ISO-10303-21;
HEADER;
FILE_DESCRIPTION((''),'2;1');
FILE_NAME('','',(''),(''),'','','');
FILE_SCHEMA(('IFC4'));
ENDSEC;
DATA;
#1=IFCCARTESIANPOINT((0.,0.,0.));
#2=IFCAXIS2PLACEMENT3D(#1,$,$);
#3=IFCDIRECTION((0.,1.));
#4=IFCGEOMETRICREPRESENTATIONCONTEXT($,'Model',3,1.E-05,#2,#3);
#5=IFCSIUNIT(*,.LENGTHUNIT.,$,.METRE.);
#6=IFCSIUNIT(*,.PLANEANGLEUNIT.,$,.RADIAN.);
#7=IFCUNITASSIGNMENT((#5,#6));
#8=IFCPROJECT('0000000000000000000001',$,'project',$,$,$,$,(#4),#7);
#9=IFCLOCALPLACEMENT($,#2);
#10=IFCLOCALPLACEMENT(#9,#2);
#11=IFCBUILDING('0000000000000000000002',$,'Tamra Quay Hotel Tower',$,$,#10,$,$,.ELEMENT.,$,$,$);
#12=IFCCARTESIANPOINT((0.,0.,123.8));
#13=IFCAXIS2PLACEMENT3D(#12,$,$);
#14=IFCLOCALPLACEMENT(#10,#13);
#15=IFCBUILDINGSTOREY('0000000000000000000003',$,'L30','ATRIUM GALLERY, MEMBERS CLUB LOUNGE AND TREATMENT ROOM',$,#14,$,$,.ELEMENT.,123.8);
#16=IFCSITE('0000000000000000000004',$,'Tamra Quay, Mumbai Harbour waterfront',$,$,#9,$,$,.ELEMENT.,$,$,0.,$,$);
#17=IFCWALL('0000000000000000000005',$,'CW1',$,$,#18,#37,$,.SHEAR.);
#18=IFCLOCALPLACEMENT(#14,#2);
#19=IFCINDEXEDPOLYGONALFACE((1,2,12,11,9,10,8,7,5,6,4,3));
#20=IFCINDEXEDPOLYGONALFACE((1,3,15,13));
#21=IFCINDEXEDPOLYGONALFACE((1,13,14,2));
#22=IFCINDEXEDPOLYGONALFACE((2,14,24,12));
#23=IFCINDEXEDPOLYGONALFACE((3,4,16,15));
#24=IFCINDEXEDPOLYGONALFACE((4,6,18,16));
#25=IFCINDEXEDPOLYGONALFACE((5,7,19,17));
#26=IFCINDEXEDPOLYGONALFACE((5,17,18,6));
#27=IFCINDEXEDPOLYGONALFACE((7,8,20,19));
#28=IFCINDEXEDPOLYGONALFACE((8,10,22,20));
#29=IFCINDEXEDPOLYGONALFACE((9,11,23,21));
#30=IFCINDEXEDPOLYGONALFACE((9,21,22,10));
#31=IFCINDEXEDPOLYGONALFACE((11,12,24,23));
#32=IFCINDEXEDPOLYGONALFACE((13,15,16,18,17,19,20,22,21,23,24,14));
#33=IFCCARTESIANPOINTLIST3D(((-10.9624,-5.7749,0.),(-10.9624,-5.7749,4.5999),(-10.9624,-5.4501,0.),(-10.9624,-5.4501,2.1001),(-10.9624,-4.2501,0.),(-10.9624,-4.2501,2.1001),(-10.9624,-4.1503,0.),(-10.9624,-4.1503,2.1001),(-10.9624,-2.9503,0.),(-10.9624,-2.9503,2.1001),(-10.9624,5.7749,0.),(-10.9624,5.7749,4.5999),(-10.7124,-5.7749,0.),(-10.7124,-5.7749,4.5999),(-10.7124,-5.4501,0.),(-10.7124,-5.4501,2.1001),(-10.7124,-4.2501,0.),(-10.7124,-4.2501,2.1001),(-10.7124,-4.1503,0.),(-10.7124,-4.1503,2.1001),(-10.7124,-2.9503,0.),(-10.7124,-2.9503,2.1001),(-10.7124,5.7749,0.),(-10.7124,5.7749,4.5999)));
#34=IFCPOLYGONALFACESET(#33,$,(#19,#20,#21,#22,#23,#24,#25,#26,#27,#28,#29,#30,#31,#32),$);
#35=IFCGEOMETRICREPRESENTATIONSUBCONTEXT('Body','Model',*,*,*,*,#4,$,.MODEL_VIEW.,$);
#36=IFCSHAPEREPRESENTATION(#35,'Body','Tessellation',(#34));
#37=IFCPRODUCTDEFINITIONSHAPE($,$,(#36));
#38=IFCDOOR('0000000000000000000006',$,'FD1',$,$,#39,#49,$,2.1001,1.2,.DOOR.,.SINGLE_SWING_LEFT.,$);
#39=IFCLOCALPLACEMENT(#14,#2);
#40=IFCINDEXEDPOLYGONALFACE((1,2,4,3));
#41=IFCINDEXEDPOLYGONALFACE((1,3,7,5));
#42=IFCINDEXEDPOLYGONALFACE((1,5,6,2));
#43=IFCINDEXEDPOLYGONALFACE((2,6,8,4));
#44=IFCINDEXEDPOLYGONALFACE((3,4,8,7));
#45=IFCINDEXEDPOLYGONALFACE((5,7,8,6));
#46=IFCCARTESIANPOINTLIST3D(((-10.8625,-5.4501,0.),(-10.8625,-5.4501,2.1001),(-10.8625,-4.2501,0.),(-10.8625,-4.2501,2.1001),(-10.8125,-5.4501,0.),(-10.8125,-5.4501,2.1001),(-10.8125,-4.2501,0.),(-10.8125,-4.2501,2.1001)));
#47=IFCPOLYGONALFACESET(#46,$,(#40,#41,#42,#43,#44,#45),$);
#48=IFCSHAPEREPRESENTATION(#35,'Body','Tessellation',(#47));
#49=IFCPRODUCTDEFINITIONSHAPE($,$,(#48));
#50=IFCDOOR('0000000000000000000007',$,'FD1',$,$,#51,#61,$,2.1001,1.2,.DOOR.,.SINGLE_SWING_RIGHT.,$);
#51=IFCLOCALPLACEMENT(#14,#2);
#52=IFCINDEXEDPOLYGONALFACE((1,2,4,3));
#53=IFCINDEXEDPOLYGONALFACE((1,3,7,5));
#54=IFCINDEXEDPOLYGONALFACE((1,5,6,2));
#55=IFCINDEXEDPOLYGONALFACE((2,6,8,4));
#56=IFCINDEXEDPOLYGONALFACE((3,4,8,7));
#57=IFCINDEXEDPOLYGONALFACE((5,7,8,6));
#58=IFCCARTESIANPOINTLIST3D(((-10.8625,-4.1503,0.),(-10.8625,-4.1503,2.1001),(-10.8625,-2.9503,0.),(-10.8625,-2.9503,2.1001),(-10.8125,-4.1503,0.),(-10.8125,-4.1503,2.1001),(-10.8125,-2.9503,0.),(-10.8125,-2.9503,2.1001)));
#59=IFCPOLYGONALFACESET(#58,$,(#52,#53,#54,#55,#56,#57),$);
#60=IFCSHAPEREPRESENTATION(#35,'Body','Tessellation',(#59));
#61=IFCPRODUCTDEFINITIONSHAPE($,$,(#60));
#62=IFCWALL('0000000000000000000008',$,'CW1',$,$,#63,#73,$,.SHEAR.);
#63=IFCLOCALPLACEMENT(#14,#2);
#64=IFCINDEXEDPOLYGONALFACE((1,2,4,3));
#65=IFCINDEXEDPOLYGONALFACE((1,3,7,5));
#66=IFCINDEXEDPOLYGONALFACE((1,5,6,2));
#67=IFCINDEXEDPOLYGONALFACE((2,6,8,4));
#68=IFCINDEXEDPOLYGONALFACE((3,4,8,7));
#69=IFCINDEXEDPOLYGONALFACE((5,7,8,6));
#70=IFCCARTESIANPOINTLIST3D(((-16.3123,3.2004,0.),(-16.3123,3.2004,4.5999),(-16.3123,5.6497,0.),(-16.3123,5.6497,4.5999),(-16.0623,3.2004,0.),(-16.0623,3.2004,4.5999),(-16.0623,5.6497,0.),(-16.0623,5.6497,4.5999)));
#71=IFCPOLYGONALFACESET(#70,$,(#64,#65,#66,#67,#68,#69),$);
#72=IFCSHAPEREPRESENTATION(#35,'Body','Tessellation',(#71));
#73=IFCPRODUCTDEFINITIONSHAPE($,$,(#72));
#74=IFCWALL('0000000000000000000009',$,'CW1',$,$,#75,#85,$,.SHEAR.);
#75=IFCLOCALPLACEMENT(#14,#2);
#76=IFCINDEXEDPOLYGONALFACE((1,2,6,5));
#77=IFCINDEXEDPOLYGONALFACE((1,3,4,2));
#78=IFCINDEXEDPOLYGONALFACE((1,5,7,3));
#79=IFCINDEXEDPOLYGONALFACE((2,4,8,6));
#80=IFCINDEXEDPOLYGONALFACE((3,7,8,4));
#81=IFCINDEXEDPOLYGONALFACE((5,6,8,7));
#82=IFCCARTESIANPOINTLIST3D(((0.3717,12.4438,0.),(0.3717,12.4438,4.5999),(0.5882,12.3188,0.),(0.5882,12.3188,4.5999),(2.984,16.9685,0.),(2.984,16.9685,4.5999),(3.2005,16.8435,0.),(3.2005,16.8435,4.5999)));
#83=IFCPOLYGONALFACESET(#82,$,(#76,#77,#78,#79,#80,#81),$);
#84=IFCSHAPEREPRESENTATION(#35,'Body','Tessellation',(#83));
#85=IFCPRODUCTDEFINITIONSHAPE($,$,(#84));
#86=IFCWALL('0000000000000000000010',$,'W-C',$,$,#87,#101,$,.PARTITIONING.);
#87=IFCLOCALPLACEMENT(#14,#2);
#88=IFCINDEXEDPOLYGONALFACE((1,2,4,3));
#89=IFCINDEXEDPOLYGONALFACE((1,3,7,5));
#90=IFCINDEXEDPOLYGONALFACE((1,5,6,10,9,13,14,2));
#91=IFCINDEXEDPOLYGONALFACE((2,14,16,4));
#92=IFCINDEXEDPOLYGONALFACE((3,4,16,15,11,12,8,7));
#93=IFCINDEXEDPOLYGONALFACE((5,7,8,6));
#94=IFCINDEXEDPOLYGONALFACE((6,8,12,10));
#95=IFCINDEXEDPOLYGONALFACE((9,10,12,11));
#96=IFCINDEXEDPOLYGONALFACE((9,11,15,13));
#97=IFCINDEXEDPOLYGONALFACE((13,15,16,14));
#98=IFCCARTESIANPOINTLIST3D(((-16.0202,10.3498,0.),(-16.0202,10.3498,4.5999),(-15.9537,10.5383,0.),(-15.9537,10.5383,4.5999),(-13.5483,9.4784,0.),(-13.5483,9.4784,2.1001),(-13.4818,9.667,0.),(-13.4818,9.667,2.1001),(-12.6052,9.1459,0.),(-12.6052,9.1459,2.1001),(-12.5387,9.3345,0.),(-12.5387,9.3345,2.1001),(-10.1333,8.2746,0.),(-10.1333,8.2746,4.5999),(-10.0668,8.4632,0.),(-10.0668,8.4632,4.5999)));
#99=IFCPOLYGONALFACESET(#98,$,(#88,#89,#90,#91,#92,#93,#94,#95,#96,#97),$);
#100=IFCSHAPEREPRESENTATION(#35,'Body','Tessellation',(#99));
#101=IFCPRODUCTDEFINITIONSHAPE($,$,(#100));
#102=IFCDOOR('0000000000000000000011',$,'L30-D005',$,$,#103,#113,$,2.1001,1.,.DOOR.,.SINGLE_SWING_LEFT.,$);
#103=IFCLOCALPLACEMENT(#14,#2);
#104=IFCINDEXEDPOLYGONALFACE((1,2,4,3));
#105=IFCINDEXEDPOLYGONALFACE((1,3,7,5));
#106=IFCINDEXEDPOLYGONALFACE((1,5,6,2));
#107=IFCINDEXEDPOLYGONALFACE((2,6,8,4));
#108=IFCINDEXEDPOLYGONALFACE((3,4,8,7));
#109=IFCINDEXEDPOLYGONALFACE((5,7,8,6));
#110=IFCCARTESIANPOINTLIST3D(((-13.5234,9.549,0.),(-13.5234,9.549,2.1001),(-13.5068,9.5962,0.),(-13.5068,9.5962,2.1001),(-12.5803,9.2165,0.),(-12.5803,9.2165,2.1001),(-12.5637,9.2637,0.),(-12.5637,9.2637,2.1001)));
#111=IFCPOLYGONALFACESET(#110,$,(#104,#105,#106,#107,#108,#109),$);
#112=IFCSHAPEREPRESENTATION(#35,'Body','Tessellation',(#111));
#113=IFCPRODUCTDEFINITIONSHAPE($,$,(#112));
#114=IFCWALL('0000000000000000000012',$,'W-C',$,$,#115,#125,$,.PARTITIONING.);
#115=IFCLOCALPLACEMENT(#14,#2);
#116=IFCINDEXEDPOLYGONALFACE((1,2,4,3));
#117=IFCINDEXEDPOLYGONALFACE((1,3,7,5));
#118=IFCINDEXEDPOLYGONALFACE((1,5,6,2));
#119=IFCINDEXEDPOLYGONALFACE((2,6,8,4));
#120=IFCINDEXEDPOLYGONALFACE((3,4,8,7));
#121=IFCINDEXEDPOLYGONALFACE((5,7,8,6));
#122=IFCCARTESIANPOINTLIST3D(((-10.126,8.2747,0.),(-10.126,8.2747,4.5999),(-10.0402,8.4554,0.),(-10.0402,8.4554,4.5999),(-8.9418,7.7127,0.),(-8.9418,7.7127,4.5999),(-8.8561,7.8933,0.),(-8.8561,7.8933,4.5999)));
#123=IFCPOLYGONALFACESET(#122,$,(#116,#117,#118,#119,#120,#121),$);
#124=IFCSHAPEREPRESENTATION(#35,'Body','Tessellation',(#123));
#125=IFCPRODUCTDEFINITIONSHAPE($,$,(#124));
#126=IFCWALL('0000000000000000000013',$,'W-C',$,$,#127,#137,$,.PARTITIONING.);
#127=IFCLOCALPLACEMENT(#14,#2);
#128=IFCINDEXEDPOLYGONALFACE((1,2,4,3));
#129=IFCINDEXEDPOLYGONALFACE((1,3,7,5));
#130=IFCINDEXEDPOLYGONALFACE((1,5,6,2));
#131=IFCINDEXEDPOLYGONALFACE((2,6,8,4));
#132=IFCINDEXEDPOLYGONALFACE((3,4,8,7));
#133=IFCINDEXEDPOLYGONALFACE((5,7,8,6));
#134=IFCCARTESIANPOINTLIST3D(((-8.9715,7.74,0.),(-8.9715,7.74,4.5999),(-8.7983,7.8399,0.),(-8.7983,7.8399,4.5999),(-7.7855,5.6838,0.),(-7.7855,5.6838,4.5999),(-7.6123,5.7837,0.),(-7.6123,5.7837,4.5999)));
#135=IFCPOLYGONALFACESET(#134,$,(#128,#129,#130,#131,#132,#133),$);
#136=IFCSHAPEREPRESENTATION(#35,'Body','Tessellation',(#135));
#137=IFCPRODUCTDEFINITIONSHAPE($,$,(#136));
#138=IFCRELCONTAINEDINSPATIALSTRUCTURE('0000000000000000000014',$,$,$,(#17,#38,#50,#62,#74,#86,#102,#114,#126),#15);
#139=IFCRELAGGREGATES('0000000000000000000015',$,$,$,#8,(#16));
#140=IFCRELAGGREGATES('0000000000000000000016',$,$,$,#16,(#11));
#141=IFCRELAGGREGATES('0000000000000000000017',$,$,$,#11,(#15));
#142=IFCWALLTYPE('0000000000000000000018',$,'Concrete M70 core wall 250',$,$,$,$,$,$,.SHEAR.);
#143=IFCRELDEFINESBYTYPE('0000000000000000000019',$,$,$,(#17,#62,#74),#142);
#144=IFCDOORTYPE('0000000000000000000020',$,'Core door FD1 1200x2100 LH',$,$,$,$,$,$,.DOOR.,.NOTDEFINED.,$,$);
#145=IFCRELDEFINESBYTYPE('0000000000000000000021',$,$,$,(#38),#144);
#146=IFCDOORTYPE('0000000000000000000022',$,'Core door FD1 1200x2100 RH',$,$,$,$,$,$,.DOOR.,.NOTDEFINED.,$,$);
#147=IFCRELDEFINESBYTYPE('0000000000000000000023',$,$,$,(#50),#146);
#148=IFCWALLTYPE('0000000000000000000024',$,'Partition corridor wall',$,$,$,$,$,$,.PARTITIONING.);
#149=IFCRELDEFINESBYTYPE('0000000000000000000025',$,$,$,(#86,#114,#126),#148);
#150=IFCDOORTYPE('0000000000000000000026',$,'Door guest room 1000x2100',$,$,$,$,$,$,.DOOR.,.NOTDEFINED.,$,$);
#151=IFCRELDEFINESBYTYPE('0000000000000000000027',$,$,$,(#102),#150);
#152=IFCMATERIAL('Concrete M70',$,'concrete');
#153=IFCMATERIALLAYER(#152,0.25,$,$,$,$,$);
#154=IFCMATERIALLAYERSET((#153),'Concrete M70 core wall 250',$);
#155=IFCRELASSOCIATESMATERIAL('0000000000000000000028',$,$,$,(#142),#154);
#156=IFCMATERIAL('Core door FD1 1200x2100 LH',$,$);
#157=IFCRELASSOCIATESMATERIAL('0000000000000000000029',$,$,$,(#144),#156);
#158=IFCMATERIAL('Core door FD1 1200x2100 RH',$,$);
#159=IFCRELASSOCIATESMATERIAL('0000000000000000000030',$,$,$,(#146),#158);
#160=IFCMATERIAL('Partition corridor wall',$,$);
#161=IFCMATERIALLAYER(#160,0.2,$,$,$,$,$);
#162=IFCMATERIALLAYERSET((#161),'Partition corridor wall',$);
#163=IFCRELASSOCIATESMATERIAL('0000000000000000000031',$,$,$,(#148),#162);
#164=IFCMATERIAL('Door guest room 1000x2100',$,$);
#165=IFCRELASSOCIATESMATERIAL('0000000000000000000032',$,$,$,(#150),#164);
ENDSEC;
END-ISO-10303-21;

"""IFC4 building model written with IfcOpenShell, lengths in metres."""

from ifc_helpers import new_model, si_unit, direction, frame, frame_2d, origin, place, context, subcontext, project, spatial, rectangle, extrude, material, layer, layer_set, type_object, element, fill, save


model = new_model("IFC4")

# Units and contexts
model_context = context("Model", 3, precision=1e-05, world=origin(), true_north=direction((0.0, 1.0)))
body_context = subcontext(model_context, "Body", "Model", "MODEL_VIEW")
ifc_project = project(units=[si_unit("LENGTHUNIT", "METRE"), si_unit("PLANEANGLEUNIT", "RADIAN")], contexts=[model_context])

# Site, building, storey
site_placement = place(None, origin())
site = spatial("IfcSite", under=ifc_project, at=site_placement, Name="Tamra Quay, Mumbai Harbour waterfront", CompositionType="ELEMENT", RefElevation=0.0)
building_placement = place(site_placement, origin())
building = spatial("IfcBuilding", under=site, at=building_placement, Name="Tamra Quay Hotel Tower", CompositionType="ELEMENT")
storey_placement = place(building_placement, frame((0.0, 0.0, 123.8)))
storey = spatial("IfcBuildingStorey", under=building, at=storey_placement, Name="L30", Description="ATRIUM GALLERY, MEMBERS CLUB LOUNGE AND TREATMENT ROOM", CompositionType="ELEMENT", Elevation=123.8)

# Shared definitions
ifc_material_1 = material(Name="Concrete M70", Category="concrete")

# Wall, openings, doors
ifc_layer_1 = layer(ifc_material_1, 0.25)
ifc_layer_set_1 = layer_set([ifc_layer_1], Name="Concrete M70 core wall 250")
wall_type_1 = type_object("IfcWallType", Name="Concrete M70 core wall 250", PredefinedType="SHEAR", material=ifc_layer_set_1)
wall_1_placement = place(storey_placement, frame((-10.8374, 5.7749, 0.0), z_axis=(0.0, 0.0, 1.0), x_axis=(0.0, -1.0, 0.0)))
wall_1 = element("IfcWall", 1, at=wall_1_placement, inside=storey, type_object=wall_type_1, Name="CW1", PredefinedType="SHEAR", context=body_context, shape_type="SweptSolid", body=[
    extrude(rectangle(XDim=11.5498, YDim=0.25, at=frame_2d((5.7749, 0.0))), origin(), (0.0, 0.0, 1.0), 4.5999),
])
opening_1_placement = place(wall_1_placement, frame((10.0249, 0.0, 0.0)))
opening_1 = element("IfcOpeningElement", 2, at=opening_1_placement, cuts=wall_1, PredefinedType="OPENING", context=body_context, shape_type="SweptSolid", body=[
    extrude(rectangle(XDim=1.2, YDim=2.1001, at=frame_2d((0.6001, 1.05))), frame((0.0, 0.135, 0.0), z_axis=(0.0, -1.0, 0.0), x_axis=(1.0, 0.0, 0.0)), (0.0, 0.0, 1.0), 0.27),
])
opening_2_placement = place(wall_1_placement, frame((8.7251, 0.0, 0.0)))
opening_2 = element("IfcOpeningElement", 3, at=opening_2_placement, cuts=wall_1, PredefinedType="OPENING", context=body_context, shape_type="SweptSolid", body=[
    extrude(rectangle(XDim=1.2, YDim=2.1001, at=frame_2d((0.6001, 1.05))), frame((0.0, 0.135, 0.0), z_axis=(0.0, -1.0, 0.0), x_axis=(1.0, 0.0, 0.0)), (0.0, 0.0, 1.0), 0.27),
])
ifc_material_2 = material(Name="Core door FD1 1200x2100 LH")
door_type_1 = type_object("IfcDoorType", Name="Core door FD1 1200x2100 LH", OperationType="NOTDEFINED", PredefinedType="DOOR", material=ifc_material_2)
door_1_placement = place(opening_1_placement, origin())
door_1 = element("IfcDoor", 4, at=door_1_placement, inside=storey, type_object=door_type_1, Name="FD1", OperationType="SINGLE_SWING_LEFT", OverallHeight=2.1001, OverallWidth=1.2, PredefinedType="DOOR", context=body_context, shape_type="SweptSolid", body=[
    extrude(rectangle(XDim=1.2, YDim=2.1001, at=frame_2d((0.6001, 1.05))), frame((0.0, 0.0249, 0.0), z_axis=(0.0, -1.0, 0.0), x_axis=(1.0, 0.0, 0.0)), (0.0, 0.0, 1.0), 0.05),
])
fill(opening_1, door_1)
ifc_material_3 = material(Name="Core door FD1 1200x2100 RH")
door_type_2 = type_object("IfcDoorType", Name="Core door FD1 1200x2100 RH", OperationType="NOTDEFINED", PredefinedType="DOOR", material=ifc_material_3)
door_2_placement = place(opening_2_placement, origin())
door_2 = element("IfcDoor", 5, at=door_2_placement, inside=storey, type_object=door_type_2, Name="FD1", OperationType="SINGLE_SWING_RIGHT", OverallHeight=2.1001, OverallWidth=1.2, PredefinedType="DOOR", context=body_context, shape_type="SweptSolid", body=[
    extrude(rectangle(XDim=1.2, YDim=2.1001, at=frame_2d((0.6001, 1.05))), frame((0.0, 0.0249, 0.0), z_axis=(0.0, -1.0, 0.0), x_axis=(1.0, 0.0, 0.0)), (0.0, 0.0, 1.0), 0.05),
])
fill(opening_2, door_2)

# Walls
wall_2_placement = place(storey_placement, frame((-16.1873, 3.2004, 0.0), z_axis=(0.0, 0.0, 1.0), x_axis=(0.0, 1.0, 0.0)))
element("IfcWall", 6, at=wall_2_placement, inside=storey, type_object=wall_type_1, Name="CW1", PredefinedType="SHEAR", context=body_context, shape_type="SweptSolid", body=[
    extrude(rectangle(XDim=2.4492, YDim=0.25, at=frame_2d((1.2246, 0.0))), origin(), (0.0, 0.0, 1.0), 4.5999),
])
wall_3_placement = place(storey_placement, frame((0.48, 12.3813, 0.0), z_axis=(0.0, 0.0, 1.0), x_axis=(0.499999, 0.866026, 0.0)))
element("IfcWall", 7, at=wall_3_placement, inside=storey, type_object=wall_type_1, Name="CW1", PredefinedType="SHEAR", context=body_context, shape_type="SweptSolid", body=[
    extrude(rectangle(XDim=5.2246, YDim=0.25, at=frame_2d((2.6123, 0.0))), origin(), (0.0, 0.0, 1.0), 4.5999),
])

# Wall, opening, door
ifc_material_4 = material(Name="Partition corridor wall")
ifc_layer_2 = layer(ifc_material_4, 0.2)
ifc_layer_set_2 = layer_set([ifc_layer_2], Name="Partition corridor wall")
wall_type_2 = type_object("IfcWallType", Name="Partition corridor wall", PredefinedType="PARTITIONING", material=ifc_layer_set_2)
wall_4_placement = place(storey_placement, frame((-15.9871, 10.4441, 0.0), z_axis=(0.0, 0.0, 1.0), x_axis=(0.943119, -0.332456, 0.0)))
wall_4 = element("IfcWall", 8, at=wall_4_placement, inside=storey, type_object=wall_type_2, Name="W-C", PredefinedType="PARTITIONING", context=body_context, shape_type="SweptSolid", body=[
    extrude(rectangle(XDim=6.2419, YDim=0.2, at=frame_2d((3.1211, 0.0))), origin(), (0.0, 0.0, 1.0), 4.5999),
])
opening_3_placement = place(wall_4_placement, frame((2.6211, 0.0, 0.0)))
opening_3 = element("IfcOpeningElement", 9, at=opening_3_placement, cuts=wall_4, PredefinedType="OPENING", context=body_context, shape_type="SweptSolid", body=[
    extrude(rectangle(XDim=1.0, YDim=2.1001, at=frame_2d((0.5, 1.05))), frame((0.0, 0.1099, 0.0), z_axis=(0.0, -1.0, 0.0), x_axis=(1.0, 0.0, 0.0)), (0.0, 0.0, 1.0), 0.22),
])
ifc_material_5 = material(Name="Door guest room 1000x2100")
door_type_3 = type_object("IfcDoorType", Name="Door guest room 1000x2100", OperationType="NOTDEFINED", PredefinedType="DOOR", material=ifc_material_5)
door_3_placement = place(opening_3_placement, origin())
door_3 = element("IfcDoor", 10, at=door_3_placement, inside=storey, type_object=door_type_3, Name="L30-D005", OperationType="SINGLE_SWING_LEFT", OverallHeight=2.1001, OverallWidth=1.0, PredefinedType="DOOR", context=body_context, shape_type="SweptSolid", body=[
    extrude(rectangle(XDim=1.0, YDim=2.1001, at=frame_2d((0.5, 1.05))), frame((0.0, 0.0249, 0.0), z_axis=(0.0, -1.0, 0.0), x_axis=(1.0, 0.0, 0.0)), (0.0, 0.0, 1.0), 0.05),
])
fill(opening_3, door_3)

# Walls
wall_5_placement = place(storey_placement, frame((-10.083, 8.365, 0.0), z_axis=(0.0, 0.0, 1.0), x_axis=(0.903404, -0.428791, 0.0)))
element("IfcWall", 11, at=wall_5_placement, inside=storey, type_object=wall_type_2, Name="W-C", PredefinedType="PARTITIONING", context=body_context, shape_type="SweptSolid", body=[
    extrude(rectangle(XDim=1.3108, YDim=0.2, at=frame_2d((0.6553, 0.0))), origin(), (0.0, 0.0, 1.0), 4.5999),
])
wall_6_placement = place(storey_placement, frame((-8.885, 7.79, 0.0), z_axis=(0.0, 0.0, 1.0), x_axis=(0.499657, -0.866223, 0.0)))
element("IfcWall", 12, at=wall_6_placement, inside=storey, type_object=wall_type_2, Name="W-C", PredefinedType="PARTITIONING", context=body_context, shape_type="SweptSolid", body=[
    extrude(rectangle(XDim=2.3738, YDim=0.2, at=frame_2d((1.187, 0.0))), origin(), (0.0, 0.0, 1.0), 4.5999),
])

save(model, "model.ifc")
